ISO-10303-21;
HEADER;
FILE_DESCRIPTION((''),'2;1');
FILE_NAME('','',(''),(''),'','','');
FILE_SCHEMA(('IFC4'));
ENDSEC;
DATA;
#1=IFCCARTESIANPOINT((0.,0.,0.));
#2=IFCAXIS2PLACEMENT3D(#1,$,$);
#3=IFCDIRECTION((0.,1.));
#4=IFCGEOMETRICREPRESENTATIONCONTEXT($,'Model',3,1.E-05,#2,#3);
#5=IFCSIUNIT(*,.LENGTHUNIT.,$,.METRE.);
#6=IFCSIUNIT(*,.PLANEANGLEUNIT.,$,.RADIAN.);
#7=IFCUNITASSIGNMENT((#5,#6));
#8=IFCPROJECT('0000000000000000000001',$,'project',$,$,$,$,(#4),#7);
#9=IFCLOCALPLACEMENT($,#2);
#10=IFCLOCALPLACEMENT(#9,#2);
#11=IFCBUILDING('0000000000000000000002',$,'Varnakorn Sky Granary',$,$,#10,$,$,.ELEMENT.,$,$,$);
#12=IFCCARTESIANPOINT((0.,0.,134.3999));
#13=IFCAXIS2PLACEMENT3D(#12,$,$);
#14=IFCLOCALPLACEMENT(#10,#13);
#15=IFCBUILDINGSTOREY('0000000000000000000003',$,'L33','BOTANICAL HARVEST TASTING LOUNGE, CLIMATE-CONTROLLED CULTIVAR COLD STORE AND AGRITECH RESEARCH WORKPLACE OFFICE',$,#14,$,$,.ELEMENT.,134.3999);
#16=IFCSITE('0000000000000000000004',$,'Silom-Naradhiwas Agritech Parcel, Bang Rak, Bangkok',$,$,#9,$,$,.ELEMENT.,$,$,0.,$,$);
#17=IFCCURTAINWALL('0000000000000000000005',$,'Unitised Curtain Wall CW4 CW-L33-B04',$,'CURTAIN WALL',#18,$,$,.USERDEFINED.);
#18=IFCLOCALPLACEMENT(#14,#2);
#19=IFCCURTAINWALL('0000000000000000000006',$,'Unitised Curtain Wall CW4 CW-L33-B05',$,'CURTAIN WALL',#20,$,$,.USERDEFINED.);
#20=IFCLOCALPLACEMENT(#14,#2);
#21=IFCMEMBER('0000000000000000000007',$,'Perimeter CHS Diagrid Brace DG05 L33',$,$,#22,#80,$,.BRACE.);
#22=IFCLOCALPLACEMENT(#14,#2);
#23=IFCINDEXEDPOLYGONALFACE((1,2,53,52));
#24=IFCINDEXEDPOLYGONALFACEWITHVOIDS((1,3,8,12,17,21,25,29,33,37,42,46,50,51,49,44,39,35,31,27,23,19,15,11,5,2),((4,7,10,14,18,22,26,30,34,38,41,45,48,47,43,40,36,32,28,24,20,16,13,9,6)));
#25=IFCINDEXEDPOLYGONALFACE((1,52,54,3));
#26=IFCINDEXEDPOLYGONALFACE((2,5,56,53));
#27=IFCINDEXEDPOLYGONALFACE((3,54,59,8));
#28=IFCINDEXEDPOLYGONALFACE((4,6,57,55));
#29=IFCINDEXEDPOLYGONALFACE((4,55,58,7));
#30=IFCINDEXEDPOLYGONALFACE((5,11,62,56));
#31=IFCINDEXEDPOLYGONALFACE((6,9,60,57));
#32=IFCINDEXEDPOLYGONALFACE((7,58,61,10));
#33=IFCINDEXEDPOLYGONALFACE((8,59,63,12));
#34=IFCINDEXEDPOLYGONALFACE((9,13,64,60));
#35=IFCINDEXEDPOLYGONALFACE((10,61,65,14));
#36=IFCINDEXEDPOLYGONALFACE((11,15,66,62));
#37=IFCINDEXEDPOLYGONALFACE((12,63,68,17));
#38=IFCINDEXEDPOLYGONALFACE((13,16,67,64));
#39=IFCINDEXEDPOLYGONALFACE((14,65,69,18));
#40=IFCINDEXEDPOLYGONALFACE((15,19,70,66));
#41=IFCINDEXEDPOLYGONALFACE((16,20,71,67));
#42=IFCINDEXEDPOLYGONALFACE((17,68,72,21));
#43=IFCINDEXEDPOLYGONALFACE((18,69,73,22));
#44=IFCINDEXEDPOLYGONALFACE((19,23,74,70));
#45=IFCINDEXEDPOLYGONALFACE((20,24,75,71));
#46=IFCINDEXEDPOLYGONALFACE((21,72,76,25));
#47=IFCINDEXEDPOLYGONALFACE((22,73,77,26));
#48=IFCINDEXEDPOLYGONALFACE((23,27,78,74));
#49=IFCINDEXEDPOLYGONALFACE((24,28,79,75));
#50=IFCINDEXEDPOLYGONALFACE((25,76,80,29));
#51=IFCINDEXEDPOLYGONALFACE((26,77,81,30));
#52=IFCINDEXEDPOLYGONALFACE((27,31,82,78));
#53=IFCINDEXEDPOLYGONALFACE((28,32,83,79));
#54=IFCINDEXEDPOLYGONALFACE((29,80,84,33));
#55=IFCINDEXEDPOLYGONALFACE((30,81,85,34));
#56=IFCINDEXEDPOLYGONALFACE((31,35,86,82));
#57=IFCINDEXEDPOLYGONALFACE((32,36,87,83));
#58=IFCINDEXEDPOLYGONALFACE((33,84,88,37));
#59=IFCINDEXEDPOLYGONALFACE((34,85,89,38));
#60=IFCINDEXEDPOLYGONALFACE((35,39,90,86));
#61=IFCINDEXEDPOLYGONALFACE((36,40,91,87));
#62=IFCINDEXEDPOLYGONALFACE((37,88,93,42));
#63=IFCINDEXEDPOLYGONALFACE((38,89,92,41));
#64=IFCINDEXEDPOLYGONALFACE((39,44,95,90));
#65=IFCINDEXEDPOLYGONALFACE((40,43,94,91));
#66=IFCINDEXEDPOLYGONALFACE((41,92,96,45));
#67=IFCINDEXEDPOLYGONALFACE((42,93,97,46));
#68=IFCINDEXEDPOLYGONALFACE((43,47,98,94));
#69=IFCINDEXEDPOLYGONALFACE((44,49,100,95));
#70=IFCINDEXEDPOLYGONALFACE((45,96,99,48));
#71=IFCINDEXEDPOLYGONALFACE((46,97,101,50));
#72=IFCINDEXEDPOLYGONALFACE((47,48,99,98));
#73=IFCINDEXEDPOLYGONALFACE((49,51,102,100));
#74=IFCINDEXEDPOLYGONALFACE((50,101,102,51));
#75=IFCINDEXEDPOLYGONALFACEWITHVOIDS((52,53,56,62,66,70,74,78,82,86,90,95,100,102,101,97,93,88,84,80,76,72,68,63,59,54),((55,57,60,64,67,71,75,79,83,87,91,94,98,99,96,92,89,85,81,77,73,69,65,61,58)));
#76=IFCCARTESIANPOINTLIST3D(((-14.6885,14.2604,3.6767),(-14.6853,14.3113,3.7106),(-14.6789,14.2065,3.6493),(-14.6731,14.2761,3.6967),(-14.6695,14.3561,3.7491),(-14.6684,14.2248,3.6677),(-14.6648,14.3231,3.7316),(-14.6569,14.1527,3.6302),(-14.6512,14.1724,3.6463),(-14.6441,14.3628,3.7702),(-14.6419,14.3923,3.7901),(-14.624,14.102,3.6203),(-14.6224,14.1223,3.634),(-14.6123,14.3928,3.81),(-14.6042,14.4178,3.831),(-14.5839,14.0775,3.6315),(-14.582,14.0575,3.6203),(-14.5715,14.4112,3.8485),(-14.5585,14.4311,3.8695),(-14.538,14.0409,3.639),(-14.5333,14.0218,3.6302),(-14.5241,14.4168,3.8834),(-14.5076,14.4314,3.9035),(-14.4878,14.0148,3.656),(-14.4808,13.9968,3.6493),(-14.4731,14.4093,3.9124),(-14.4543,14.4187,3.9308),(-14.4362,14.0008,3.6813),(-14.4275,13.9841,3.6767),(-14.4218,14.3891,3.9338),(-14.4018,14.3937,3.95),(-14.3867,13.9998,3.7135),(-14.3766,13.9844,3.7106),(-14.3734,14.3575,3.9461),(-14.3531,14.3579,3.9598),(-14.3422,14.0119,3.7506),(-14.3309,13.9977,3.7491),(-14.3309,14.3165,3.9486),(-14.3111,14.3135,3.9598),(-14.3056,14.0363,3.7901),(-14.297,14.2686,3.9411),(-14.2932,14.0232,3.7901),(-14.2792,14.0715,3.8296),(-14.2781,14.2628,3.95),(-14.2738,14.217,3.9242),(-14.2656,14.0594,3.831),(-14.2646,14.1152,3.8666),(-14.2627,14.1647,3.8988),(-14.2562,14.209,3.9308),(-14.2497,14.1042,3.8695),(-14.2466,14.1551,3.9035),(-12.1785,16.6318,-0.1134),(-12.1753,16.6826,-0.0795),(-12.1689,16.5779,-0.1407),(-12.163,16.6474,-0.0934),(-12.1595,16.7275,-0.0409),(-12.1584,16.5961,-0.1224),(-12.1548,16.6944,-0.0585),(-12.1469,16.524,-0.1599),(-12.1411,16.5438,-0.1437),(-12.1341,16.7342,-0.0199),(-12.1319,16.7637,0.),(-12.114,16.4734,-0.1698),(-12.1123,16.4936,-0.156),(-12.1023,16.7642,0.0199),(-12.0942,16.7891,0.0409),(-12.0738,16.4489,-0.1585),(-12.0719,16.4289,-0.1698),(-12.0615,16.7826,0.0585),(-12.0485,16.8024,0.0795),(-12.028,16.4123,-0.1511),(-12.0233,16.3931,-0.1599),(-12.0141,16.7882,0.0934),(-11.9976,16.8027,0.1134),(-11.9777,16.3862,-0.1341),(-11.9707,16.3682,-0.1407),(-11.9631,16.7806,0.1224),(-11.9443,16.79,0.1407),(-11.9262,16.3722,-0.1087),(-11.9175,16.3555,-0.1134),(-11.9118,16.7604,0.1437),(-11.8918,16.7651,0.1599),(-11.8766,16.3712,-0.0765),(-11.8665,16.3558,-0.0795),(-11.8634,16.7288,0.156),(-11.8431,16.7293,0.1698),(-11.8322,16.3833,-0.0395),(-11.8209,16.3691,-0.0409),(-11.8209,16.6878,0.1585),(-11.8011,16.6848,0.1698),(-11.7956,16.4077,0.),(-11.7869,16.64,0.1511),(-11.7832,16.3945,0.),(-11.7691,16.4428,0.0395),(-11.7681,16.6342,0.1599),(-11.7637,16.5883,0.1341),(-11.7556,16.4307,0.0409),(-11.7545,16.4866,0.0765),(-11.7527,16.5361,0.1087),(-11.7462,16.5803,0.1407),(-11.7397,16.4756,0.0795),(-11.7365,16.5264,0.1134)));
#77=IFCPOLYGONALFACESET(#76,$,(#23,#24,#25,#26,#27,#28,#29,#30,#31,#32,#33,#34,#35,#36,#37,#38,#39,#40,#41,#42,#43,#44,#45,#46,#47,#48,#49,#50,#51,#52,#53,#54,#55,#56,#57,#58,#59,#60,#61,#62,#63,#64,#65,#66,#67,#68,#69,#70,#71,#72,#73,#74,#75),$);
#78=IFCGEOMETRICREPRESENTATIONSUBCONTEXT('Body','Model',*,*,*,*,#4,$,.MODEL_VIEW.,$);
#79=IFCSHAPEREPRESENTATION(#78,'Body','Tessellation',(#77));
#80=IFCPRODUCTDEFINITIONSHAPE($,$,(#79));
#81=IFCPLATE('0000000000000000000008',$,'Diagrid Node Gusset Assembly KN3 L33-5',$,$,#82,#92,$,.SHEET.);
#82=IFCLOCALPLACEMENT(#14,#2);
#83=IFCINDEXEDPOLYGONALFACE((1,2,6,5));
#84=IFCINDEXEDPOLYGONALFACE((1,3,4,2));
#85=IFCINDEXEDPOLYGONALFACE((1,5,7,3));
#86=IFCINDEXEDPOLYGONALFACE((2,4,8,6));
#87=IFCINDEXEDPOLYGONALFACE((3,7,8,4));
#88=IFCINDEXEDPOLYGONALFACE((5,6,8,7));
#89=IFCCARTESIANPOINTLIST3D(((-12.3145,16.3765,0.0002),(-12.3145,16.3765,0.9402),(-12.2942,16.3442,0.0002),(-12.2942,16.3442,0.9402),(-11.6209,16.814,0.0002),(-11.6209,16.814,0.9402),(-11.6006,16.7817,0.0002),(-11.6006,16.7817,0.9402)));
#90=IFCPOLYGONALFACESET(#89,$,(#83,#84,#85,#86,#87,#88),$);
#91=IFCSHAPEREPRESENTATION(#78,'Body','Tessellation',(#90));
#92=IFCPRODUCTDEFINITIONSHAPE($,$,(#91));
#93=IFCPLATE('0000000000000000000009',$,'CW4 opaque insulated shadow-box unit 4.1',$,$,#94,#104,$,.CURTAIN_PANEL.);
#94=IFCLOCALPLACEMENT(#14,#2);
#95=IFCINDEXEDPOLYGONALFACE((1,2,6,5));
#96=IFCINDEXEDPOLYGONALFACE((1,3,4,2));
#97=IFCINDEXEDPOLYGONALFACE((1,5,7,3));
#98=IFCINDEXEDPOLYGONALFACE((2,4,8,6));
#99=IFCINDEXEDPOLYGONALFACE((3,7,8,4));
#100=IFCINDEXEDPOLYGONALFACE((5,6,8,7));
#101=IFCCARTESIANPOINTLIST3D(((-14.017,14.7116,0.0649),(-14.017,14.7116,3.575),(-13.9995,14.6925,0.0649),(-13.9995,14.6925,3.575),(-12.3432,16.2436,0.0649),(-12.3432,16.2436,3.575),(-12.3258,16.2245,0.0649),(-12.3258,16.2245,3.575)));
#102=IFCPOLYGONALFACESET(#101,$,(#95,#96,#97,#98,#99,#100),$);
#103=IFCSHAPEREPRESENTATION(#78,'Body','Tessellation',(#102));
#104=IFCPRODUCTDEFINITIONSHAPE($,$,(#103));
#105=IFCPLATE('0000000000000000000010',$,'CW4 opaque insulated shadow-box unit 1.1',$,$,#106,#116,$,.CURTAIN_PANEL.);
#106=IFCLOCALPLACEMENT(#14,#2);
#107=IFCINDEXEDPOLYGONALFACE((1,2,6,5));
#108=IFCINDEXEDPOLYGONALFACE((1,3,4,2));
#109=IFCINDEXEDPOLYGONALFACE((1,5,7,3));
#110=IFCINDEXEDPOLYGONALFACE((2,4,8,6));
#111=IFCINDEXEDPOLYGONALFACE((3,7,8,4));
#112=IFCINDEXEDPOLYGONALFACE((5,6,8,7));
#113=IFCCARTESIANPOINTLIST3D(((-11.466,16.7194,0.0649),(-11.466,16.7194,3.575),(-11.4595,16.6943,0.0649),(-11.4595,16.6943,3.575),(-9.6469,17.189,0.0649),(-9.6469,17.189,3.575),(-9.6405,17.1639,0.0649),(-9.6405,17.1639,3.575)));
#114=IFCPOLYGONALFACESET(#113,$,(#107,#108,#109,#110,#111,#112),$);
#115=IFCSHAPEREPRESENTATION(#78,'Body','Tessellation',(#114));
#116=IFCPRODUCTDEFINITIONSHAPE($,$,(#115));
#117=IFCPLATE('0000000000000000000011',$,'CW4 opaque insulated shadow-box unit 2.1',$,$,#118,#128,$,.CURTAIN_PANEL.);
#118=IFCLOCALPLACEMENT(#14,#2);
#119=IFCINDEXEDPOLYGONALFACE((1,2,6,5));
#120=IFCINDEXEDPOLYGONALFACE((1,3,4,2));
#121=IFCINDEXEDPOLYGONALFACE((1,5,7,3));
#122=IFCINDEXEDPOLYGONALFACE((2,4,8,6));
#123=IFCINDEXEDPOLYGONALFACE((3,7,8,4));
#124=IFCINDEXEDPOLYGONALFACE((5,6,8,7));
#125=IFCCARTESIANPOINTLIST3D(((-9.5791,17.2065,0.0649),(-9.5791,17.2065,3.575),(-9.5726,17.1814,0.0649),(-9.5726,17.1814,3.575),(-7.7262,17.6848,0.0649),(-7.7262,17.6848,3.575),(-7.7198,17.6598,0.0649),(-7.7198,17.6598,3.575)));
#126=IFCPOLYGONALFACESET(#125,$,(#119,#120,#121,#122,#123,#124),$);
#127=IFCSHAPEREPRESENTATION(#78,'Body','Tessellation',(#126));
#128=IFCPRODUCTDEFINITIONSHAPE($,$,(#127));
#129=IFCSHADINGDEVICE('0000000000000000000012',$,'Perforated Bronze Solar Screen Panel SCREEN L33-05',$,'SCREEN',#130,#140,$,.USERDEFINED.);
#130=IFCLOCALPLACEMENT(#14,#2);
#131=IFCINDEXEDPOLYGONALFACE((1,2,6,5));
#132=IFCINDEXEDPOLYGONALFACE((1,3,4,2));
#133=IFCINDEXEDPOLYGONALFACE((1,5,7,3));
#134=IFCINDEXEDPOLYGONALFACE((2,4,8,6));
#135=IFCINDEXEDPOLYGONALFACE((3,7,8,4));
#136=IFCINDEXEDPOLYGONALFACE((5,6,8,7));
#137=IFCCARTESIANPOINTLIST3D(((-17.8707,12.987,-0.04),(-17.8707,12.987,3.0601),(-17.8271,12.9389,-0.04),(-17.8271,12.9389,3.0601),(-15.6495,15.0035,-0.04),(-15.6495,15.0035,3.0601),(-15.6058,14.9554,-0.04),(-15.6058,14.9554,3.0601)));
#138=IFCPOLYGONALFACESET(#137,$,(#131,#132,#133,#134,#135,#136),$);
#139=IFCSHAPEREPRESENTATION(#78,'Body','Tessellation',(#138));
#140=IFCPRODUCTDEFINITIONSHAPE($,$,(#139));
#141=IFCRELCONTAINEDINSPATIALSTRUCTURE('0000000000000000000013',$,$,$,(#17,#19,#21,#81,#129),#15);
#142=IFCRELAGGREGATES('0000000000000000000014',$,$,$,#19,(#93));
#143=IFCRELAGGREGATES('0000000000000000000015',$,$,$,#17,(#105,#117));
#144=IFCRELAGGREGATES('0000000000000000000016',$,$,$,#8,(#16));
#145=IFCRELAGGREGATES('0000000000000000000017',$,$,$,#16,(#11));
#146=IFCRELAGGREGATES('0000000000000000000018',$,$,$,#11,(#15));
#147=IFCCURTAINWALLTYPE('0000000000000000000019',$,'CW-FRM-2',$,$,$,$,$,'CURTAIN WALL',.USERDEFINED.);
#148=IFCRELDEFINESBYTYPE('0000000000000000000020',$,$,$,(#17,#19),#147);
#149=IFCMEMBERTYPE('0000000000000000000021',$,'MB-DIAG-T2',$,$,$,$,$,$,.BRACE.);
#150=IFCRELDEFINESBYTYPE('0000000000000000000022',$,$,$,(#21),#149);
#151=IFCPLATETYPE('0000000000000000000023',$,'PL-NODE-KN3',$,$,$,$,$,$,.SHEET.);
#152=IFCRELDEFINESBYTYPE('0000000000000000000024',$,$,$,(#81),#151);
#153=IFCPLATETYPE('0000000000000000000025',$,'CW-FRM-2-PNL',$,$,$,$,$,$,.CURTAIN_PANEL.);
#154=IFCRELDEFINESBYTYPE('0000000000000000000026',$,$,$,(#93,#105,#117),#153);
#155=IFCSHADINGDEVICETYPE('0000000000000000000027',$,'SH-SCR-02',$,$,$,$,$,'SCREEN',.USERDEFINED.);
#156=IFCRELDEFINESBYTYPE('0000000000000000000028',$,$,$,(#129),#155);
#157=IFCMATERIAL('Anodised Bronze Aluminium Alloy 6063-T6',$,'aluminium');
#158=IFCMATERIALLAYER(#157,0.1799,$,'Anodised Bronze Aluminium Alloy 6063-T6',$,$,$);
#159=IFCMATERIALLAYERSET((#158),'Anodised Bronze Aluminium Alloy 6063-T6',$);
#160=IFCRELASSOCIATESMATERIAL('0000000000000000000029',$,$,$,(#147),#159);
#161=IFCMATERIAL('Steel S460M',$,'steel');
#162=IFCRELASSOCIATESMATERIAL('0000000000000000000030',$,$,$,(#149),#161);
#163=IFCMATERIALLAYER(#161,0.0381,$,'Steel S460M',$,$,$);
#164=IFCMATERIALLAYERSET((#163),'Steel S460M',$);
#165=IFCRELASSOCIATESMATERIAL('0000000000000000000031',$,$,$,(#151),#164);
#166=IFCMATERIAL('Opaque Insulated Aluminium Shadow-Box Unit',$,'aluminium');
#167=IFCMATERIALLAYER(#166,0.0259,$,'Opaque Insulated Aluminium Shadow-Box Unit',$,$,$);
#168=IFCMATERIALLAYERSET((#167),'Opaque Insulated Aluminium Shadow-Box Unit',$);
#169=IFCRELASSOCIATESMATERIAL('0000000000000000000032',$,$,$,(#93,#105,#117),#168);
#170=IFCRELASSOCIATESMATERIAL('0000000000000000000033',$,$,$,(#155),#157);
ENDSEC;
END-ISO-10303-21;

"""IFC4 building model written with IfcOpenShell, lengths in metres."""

from ifc_helpers import new_model, si_unit, direction, frame, origin, origin_2d, place, context, subcontext, project, spatial, rectangle, hollow_circle, extrude, source, transform, mapped, material, layer, layer_set, material_profile, profile_set, type_object, type_shapes, element, aggregate, save


model = new_model("IFC4")

# Units and contexts
model_context = context("Model", 3, precision=1e-05, world=origin(), true_north=direction((0.0, 1.0)))
body_context = subcontext(model_context, "Body", "Model", "MODEL_VIEW")
ifc_project = project(units=[si_unit("LENGTHUNIT", "METRE"), si_unit("PLANEANGLEUNIT", "RADIAN")], contexts=[model_context])

# Site, building, storey
site_placement = place(None, origin())
site = spatial("IfcSite", under=ifc_project, at=site_placement, Name="Silom-Naradhiwas Agritech Parcel, Bang Rak, Bangkok", CompositionType="ELEMENT", RefElevation=0.0)
building_placement = place(site_placement, origin())
building = spatial("IfcBuilding", under=site, at=building_placement, Name="Varnakorn Sky Granary", CompositionType="ELEMENT")
storey_placement = place(building_placement, frame((0.0, 0.0, 134.3999)))
storey = spatial("IfcBuildingStorey", under=building, at=storey_placement, Name="L33", Description="BOTANICAL HARVEST TASTING LOUNGE, CLIMATE-CONTROLLED CULTIVAR COLD STORE AND AGRITECH RESEARCH WORKPLACE OFFICE", CompositionType="ELEMENT", Elevation=134.3999)

# Shared definitions
ifc_material_1 = material(Name="Steel S460M", Category="steel")

# Curtain walls
ifc_material_2 = material(Name="Anodised Bronze Aluminium Alloy 6063-T6", Category="aluminium")
ifc_layer_1 = layer(ifc_material_2, 0.1799, Name="Anodised Bronze Aluminium Alloy 6063-T6")
ifc_layer_set_1 = layer_set([ifc_layer_1], Name="Anodised Bronze Aluminium Alloy 6063-T6")
curtain_wall_type = type_object("IfcCurtainWallType", Name="CW-FRM-2", ElementType="CURTAIN WALL", PredefinedType="USERDEFINED", material=ifc_layer_set_1)
curtain_wall_1_placement = place(storey_placement, origin())
curtain_wall_1 = element("IfcCurtainWall", 1, at=curtain_wall_1_placement, inside=storey, type_object=curtain_wall_type, Name="Unitised Curtain Wall CW4 CW-L33-B04", ObjectType="CURTAIN WALL", PredefinedType="USERDEFINED")
curtain_wall_2_placement = place(storey_placement, origin())
curtain_wall_2 = element("IfcCurtainWall", 2, at=curtain_wall_2_placement, inside=storey, type_object=curtain_wall_type, Name="Unitised Curtain Wall CW4 CW-L33-B05", ObjectType="CURTAIN WALL", PredefinedType="USERDEFINED")

# Member
ifc_material_profile_1 = material_profile(ifc_material_1, hollow_circle(Radius=0.2539, WallThickness=0.0181, at=origin_2d()), Name="CHS 508x18")
ifc_profile_set_1 = profile_set([ifc_material_profile_1], Name="Steel S460M")
member_type_1 = type_object("IfcMemberType", Name="MB-DIAG-T2", PredefinedType="BRACE", material=ifc_profile_set_1)
member_1_placement = place(storey_placement, frame((-11.9575, 16.5791, 0.0), z_axis=(-0.489551, -0.462505, 0.739208), x_axis=(0.686742, -0.726901, 0.0)))
element("IfcMember", 3, at=member_1_placement, inside=storey, type_object=member_type_1, Name="Perimeter CHS Diagrid Brace DG05 L33", PredefinedType="BRACE", context=body_context, shape_type="SweptSolid", body=[
    extrude(hollow_circle(Radius=0.2539, WallThickness=0.0181, at=origin_2d()), origin(), (0.0, 0.0, 1.0), 5.1272),
])

# Plates
ifc_layer_2 = layer(ifc_material_1, 0.0381, Name="Steel S460M")
ifc_layer_set_2 = layer_set([ifc_layer_2], Name="Steel S460M")
plate_type_1 = type_object("IfcPlateType", Name="PL-NODE-KN3", PredefinedType="SHEET", material=ifc_layer_set_2)
plate_1_placement = place(storey_placement, frame((-11.9575, 16.5791, 0.0002), z_axis=(0.0, 0.0, 1.0), x_axis=(-0.845801, -0.533498, 0.0)))
element("IfcPlate", 4, at=plate_1_placement, inside=storey, type_object=plate_type_1, Name="Diagrid Node Gusset Assembly KN3 L33-5", PredefinedType="SHEET", context=body_context, shape_type="SweptSolid", body=[
    extrude(rectangle(XDim=0.8201, YDim=0.0381, at=origin_2d()), origin(), (0.0, 0.0, 1.0), 0.9399),
])
ifc_material_3 = material(Name="Opaque Insulated Aluminium Shadow-Box Unit", Category="aluminium")
ifc_layer_3 = layer(ifc_material_3, 0.0259, Name="Opaque Insulated Aluminium Shadow-Box Unit")
ifc_layer_set_3 = layer_set([ifc_layer_3], Name="Opaque Insulated Aluminium Shadow-Box Unit")
plate_type_2 = type_object("IfcPlateType", Name="CW-FRM-2-PNL", PredefinedType="CURTAIN_PANEL")
shared_shape_1 = source(origin(), body_context, "Body", "SweptSolid", [
    extrude(rectangle(XDim=2.269, YDim=0.0259, at=origin_2d()), origin(), (0.0, 0.0, 1.0), 3.51),
])
plate_2_placement = place(storey_placement, frame((-13.1714, 15.468, 0.0649), z_axis=(0.0, 0.0, 1.0), x_axis=(0.737651, 0.675183, 0.0)))
plate_2 = element("IfcPlate", 5, at=plate_2_placement, type_object=plate_type_2, material=ifc_layer_set_3, Name="CW4 opaque insulated shadow-box unit 4.1", PredefinedType="CURTAIN_PANEL", context=body_context, shape_type="MappedRepresentation", body=[
    mapped(shared_shape_1, transform((0.0, 0.0, 0.0), x_axis=(1.0, 0.0, 0.0), y_axis=(0.0, 1.0, 0.0), z_axis=(0.0, 0.0, 1.0), scale=1.0)),
])
aggregate(curtain_wall_2, [plate_2])
shared_shape_2 = source(origin(), body_context, "Body", "SweptSolid", [
    extrude(rectangle(XDim=1.8787, YDim=0.0259, at=origin_2d()), origin(), (0.0, 0.0, 1.0), 3.51),
])
plate_3_placement = place(storey_placement, frame((-10.5532, 16.9417, 0.0649), z_axis=(0.0, 0.0, 1.0), x_axis=(0.968251, 0.24998, 0.0)))
plate_3 = element("IfcPlate", 6, at=plate_3_placement, type_object=plate_type_2, material=ifc_layer_set_3, Name="CW4 opaque insulated shadow-box unit 1.1", PredefinedType="CURTAIN_PANEL", context=body_context, shape_type="MappedRepresentation", body=[
    mapped(shared_shape_2, transform((0.0, 0.0, 0.0), x_axis=(1.0, 0.0, 0.0), y_axis=(0.0, 1.0, 0.0), z_axis=(0.0, 0.0, 1.0), scale=1.0)),
])
shared_shape_3 = source(origin(), body_context, "Body", "SweptSolid", [
    extrude(rectangle(XDim=1.9136, YDim=0.0259, at=origin_2d()), origin(), (0.0, 0.0, 1.0), 3.51),
])
type_shapes(plate_type_2, [shared_shape_1, shared_shape_2, shared_shape_3])
plate_4_placement = place(storey_placement, frame((-8.6494, 17.4331, 0.0649), z_axis=(0.0, 0.0, 1.0), x_axis=(0.968251, 0.24998, 0.0)))
plate_4 = element("IfcPlate", 7, at=plate_4_placement, type_object=plate_type_2, material=ifc_layer_set_3, Name="CW4 opaque insulated shadow-box unit 2.1", PredefinedType="CURTAIN_PANEL", context=body_context, shape_type="MappedRepresentation", body=[
    mapped(shared_shape_3, transform((0.0, 0.0, 0.0), x_axis=(1.0, 0.0, 0.0), y_axis=(0.0, 1.0, 0.0), z_axis=(0.0, 0.0, 1.0), scale=1.0)),
])
aggregate(curtain_wall_1, [plate_3, plate_4])

# Shading device
shading_device_type = type_object("IfcShadingDeviceType", Name="SH-SCR-02", ElementType="SCREEN", PredefinedType="USERDEFINED", material=ifc_material_2)
shared_shape_4 = source(origin(), body_context, "Body", "SweptSolid", [
    extrude(rectangle(XDim=3.0, YDim=0.0649, at=origin_2d()), origin(), (0.0, 0.0, 1.0), 3.1001),
])
type_shapes(shading_device_type, [shared_shape_4])
shading_device_placement = place(storey_placement, frame((-16.7383, 13.9712, -0.04), z_axis=(0.0, 0.0, 1.0), x_axis=(-0.740409, -0.672157, 0.0)))
element("IfcShadingDevice", 8, at=shading_device_placement, inside=storey, type_object=shading_device_type, Name="Perforated Bronze Solar Screen Panel SCREEN L33-05", ObjectType="SCREEN", PredefinedType="USERDEFINED", context=body_context, shape_type="MappedRepresentation", body=[
    mapped(shared_shape_4, transform((0.0, 0.0, 0.0), x_axis=(1.0, 0.0, 0.0), y_axis=(0.0, 1.0, 0.0), z_axis=(0.0, 0.0, 1.0), scale=1.0)),
])

save(model, "model.ifc")
